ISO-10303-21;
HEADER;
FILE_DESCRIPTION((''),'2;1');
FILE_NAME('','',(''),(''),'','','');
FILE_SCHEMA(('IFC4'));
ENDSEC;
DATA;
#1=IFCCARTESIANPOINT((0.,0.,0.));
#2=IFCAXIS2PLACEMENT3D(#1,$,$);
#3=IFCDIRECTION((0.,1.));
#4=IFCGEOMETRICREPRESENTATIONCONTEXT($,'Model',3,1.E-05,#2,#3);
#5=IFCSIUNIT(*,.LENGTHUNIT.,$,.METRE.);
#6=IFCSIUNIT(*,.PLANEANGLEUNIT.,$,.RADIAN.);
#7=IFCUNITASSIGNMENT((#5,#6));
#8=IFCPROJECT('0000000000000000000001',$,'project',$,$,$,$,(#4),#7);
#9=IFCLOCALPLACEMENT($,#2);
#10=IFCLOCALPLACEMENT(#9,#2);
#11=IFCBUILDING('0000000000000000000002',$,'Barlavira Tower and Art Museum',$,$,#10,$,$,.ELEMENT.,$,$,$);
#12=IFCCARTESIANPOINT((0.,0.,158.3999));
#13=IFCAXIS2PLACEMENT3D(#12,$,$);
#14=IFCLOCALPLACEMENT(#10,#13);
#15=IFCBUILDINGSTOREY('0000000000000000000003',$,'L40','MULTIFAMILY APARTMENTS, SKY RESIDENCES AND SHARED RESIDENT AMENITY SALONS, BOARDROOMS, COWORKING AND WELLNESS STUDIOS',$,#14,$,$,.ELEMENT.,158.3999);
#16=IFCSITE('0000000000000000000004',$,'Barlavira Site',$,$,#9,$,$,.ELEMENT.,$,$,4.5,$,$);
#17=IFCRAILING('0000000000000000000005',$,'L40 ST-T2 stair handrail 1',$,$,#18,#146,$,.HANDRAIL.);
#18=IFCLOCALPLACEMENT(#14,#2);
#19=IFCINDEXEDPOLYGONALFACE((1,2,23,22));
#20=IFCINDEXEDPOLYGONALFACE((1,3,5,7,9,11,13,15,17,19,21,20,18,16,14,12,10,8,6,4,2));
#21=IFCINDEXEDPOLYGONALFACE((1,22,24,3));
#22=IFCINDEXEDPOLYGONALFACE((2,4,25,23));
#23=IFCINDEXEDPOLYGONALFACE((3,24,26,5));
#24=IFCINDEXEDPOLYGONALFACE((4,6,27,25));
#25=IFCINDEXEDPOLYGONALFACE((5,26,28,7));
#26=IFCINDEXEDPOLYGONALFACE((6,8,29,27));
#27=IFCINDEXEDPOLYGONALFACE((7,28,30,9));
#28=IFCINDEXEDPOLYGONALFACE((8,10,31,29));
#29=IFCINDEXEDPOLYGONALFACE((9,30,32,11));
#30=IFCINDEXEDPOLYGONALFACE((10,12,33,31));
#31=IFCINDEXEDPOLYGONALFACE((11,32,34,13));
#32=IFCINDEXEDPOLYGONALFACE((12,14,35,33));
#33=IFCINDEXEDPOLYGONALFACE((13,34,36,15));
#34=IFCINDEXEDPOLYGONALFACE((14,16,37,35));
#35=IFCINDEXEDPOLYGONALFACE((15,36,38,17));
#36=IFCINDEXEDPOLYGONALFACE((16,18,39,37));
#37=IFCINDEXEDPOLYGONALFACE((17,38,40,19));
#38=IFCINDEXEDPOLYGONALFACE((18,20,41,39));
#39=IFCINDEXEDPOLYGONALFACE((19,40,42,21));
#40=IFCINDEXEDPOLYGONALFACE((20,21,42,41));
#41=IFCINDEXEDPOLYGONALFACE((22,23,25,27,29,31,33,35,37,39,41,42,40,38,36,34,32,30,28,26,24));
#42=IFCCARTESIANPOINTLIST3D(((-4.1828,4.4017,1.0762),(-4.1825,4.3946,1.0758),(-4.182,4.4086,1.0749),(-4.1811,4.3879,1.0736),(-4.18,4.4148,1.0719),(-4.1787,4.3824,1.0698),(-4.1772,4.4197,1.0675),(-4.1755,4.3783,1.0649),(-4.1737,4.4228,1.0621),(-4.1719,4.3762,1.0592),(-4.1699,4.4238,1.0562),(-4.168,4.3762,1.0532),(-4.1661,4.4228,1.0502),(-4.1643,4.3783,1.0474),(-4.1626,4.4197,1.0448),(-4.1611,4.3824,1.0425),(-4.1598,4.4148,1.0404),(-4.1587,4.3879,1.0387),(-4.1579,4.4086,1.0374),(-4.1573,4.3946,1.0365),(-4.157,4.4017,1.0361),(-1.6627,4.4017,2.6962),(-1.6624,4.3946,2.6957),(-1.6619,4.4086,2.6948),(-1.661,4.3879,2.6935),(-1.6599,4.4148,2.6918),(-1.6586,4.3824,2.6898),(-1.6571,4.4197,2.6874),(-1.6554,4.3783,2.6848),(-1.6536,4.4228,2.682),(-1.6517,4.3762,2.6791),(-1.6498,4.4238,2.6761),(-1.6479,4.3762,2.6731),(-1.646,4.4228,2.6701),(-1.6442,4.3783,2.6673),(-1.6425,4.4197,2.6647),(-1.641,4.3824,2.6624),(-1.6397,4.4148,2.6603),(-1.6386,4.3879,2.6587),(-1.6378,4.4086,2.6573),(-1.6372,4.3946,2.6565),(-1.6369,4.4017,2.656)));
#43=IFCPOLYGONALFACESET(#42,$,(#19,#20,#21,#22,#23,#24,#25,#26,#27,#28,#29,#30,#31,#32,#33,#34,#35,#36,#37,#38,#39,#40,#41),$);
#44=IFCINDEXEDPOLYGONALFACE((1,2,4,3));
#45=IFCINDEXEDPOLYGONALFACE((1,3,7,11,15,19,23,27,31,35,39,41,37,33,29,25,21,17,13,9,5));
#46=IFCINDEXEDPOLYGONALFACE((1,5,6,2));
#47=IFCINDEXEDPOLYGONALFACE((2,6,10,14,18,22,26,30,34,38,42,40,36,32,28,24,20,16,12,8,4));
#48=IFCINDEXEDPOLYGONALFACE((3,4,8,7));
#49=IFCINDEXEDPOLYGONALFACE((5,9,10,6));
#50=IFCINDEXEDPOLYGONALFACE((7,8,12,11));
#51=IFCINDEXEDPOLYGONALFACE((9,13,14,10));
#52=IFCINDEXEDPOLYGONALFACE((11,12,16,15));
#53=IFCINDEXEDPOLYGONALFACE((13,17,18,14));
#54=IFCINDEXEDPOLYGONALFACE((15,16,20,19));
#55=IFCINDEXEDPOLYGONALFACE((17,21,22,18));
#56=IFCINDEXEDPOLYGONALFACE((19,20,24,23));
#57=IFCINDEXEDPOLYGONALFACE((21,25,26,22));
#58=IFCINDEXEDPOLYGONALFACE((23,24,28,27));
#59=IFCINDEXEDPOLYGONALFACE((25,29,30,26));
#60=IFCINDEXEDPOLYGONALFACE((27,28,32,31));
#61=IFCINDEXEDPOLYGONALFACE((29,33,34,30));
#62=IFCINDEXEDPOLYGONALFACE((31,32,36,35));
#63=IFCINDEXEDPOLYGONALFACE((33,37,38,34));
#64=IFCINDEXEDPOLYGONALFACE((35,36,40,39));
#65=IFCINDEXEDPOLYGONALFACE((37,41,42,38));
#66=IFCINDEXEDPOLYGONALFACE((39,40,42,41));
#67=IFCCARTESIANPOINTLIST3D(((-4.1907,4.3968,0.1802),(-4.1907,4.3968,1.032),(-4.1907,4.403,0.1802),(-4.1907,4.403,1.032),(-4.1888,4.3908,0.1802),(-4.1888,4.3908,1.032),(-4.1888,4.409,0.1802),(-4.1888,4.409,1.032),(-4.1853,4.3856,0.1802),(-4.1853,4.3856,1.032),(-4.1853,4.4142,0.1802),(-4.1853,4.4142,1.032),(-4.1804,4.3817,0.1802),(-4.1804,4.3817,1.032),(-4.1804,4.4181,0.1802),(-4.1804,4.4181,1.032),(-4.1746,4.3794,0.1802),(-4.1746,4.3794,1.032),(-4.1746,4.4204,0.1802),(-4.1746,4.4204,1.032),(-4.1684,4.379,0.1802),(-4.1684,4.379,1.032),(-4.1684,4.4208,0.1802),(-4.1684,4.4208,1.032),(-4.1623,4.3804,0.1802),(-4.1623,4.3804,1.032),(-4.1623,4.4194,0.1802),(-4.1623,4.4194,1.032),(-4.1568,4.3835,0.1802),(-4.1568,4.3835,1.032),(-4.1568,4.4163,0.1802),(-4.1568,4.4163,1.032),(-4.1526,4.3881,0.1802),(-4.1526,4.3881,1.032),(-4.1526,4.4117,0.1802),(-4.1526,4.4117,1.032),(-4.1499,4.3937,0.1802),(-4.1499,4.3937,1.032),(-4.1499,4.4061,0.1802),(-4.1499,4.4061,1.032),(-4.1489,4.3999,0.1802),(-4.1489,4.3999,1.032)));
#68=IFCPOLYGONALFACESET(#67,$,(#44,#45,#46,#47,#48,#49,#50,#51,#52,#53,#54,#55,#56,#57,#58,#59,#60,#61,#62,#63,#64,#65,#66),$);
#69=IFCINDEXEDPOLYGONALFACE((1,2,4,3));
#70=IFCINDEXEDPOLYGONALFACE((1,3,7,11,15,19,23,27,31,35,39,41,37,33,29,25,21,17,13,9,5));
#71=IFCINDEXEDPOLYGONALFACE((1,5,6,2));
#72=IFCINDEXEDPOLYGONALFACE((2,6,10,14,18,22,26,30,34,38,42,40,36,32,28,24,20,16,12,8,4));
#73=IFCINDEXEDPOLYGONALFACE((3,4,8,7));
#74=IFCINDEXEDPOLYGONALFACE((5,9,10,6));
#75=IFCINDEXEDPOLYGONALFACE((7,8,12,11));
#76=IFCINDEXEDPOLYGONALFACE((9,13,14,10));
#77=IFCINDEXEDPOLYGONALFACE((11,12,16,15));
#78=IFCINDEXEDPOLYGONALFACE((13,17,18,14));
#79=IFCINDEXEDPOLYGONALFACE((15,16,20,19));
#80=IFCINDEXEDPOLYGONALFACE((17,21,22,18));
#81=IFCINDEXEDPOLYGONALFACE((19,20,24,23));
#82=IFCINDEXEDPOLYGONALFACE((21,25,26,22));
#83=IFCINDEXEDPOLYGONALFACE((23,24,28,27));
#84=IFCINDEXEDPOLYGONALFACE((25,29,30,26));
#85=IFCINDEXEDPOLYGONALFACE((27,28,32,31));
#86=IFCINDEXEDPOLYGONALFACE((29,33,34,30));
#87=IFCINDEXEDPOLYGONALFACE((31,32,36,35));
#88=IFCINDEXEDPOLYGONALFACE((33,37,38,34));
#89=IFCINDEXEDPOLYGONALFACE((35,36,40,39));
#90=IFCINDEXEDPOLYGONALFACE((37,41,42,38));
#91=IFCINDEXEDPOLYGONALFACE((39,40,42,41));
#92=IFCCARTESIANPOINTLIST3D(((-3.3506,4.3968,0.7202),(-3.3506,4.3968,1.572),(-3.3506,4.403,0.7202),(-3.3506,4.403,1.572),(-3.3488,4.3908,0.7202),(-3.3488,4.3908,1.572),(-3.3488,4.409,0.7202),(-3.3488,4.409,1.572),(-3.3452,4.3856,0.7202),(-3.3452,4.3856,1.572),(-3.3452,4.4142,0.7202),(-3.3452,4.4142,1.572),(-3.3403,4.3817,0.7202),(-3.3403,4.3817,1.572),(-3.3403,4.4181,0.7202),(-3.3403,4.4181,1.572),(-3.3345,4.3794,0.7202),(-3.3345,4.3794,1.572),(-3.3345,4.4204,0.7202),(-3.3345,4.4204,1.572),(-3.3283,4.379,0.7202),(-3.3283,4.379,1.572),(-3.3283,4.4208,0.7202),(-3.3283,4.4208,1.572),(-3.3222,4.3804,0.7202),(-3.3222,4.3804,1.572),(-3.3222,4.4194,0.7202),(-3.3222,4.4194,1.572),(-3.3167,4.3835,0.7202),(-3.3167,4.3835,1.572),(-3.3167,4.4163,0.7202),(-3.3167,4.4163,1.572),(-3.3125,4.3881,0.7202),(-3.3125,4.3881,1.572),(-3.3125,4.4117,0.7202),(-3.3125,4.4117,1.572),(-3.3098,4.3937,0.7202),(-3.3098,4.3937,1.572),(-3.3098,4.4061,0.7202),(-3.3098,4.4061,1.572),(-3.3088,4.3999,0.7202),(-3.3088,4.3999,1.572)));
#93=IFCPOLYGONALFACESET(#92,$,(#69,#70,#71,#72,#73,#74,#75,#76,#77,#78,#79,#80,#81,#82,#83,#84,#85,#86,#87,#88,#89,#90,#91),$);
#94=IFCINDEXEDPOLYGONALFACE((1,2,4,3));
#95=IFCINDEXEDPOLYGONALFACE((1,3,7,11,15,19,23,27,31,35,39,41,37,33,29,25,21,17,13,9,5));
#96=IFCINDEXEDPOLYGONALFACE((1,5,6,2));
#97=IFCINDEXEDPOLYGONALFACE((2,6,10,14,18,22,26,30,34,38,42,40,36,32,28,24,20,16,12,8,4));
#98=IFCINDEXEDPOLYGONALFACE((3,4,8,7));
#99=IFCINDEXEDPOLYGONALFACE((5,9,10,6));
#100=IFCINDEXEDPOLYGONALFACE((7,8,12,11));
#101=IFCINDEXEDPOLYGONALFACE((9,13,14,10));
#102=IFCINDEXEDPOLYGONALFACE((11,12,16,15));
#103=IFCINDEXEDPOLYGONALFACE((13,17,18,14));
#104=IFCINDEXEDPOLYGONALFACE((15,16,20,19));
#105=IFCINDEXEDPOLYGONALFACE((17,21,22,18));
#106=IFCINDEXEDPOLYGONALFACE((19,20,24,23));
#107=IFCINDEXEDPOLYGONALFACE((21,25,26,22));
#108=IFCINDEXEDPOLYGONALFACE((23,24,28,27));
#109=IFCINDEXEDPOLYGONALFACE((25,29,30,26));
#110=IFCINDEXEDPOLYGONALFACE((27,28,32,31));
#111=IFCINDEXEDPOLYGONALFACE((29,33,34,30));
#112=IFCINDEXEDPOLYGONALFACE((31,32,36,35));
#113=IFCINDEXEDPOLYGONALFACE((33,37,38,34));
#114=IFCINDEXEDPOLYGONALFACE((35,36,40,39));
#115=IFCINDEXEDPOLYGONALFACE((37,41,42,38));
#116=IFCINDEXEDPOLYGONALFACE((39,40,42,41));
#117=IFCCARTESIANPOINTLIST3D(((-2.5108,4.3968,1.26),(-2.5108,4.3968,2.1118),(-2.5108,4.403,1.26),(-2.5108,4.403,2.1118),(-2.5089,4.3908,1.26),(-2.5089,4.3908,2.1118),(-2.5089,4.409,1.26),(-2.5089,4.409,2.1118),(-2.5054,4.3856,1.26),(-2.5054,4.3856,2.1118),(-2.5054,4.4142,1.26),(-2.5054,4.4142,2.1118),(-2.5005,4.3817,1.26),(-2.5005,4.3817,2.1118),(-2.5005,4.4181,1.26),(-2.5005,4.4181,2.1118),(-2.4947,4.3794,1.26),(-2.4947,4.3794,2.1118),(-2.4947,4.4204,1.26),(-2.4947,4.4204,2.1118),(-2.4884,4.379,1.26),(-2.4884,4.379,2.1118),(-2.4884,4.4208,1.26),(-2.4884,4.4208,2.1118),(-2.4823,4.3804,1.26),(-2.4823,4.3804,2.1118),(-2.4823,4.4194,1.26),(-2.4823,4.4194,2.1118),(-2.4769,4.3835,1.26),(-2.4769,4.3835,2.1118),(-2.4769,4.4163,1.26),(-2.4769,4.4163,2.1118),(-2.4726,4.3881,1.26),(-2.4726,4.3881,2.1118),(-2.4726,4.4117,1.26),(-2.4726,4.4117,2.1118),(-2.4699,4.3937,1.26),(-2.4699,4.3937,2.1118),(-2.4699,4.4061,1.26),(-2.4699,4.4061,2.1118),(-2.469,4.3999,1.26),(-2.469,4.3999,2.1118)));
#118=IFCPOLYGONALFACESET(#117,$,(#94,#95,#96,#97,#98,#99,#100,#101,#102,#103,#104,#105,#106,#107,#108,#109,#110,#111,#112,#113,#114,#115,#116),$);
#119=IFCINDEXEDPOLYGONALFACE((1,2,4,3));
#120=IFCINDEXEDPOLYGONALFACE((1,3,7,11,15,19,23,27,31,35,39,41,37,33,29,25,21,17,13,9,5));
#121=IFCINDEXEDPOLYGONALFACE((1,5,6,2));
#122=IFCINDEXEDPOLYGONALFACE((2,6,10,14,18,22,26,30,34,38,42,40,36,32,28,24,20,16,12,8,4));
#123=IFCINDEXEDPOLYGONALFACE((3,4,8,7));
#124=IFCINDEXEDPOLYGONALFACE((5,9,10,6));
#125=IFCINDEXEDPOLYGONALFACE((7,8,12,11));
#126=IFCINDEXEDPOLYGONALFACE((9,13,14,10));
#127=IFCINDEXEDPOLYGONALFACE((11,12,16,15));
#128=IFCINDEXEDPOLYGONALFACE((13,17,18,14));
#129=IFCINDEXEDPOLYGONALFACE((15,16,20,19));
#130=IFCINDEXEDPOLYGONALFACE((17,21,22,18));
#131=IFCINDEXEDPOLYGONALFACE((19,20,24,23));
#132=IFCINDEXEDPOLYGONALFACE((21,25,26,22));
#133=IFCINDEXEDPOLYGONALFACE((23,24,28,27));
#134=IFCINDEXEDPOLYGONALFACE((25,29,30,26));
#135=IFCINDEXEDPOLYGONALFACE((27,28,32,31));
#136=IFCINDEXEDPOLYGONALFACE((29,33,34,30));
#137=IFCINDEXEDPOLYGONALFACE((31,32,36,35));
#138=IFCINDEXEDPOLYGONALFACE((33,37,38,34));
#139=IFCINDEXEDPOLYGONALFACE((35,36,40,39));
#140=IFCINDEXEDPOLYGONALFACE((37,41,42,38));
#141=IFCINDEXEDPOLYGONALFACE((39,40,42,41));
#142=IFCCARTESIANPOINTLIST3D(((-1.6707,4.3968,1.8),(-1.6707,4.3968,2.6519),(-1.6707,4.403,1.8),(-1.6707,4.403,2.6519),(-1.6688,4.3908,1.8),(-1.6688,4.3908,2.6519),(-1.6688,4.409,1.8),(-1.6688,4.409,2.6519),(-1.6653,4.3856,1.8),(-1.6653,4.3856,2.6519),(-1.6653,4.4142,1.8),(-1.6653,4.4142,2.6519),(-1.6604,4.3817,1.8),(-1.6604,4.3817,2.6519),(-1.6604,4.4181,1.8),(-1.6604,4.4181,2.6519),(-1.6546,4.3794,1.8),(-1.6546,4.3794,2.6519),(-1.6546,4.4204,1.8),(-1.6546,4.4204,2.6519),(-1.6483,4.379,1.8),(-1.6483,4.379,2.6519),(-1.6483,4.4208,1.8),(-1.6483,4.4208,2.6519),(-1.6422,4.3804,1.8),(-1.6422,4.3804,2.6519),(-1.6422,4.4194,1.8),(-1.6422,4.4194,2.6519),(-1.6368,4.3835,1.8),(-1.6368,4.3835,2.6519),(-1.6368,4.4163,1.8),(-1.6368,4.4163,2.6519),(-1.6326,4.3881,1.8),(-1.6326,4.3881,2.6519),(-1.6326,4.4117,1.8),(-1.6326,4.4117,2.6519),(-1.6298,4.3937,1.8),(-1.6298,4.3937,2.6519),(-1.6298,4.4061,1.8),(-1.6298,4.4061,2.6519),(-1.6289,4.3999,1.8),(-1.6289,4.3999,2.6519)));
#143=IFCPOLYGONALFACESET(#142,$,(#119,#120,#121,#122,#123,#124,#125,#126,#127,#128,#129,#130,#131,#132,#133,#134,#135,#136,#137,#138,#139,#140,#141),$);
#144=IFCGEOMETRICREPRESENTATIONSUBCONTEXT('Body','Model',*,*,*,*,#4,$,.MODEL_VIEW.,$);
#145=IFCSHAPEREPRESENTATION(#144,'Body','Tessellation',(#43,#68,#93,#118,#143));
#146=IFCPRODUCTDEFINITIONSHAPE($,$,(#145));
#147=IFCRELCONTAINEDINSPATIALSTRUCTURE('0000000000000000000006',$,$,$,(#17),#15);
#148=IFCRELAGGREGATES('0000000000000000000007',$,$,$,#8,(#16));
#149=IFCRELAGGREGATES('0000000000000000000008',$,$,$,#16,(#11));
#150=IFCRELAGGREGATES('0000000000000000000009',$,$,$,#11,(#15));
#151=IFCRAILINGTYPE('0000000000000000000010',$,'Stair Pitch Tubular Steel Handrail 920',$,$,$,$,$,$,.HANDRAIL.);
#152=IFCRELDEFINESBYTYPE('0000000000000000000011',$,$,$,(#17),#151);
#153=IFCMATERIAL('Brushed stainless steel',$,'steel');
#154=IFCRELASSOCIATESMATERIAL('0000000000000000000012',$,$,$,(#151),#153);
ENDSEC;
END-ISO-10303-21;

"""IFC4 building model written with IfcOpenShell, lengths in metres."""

from ifc_helpers import new_model, si_unit, direction, frame, origin, origin_2d, place, context, subcontext, project, spatial, circle, extrude, material, type_object, element, save


model = new_model("IFC4")

# Units and contexts
model_context = context("Model", 3, precision=1e-05, world=origin(), true_north=direction((0.0, 1.0)))
body_context = subcontext(model_context, "Body", "Model", "MODEL_VIEW")
ifc_project = project(units=[si_unit("LENGTHUNIT", "METRE"), si_unit("PLANEANGLEUNIT", "RADIAN")], contexts=[model_context])

# Site, building, storey
site_placement = place(None, origin())
site = spatial("IfcSite", under=ifc_project, at=site_placement, Name="Barlavira Site", CompositionType="ELEMENT", RefElevation=4.5)
building_placement = place(site_placement, origin())
building = spatial("IfcBuilding", under=site, at=building_placement, Name="Barlavira Tower and Art Museum", CompositionType="ELEMENT")
storey_placement = place(building_placement, frame((0.0, 0.0, 158.3999)))
storey = spatial("IfcBuildingStorey", under=building, at=storey_placement, Name="L40", Description="MULTIFAMILY APARTMENTS, SKY RESIDENCES AND SHARED RESIDENT AMENITY SALONS, BOARDROOMS, COWORKING AND WELLNESS STUDIOS", CompositionType="ELEMENT", Elevation=158.3999)

# Shared definitions
ifc_material_1 = material(Name="Brushed stainless steel", Category="steel")

# Railing
railing_type_1 = type_object("IfcRailingType", Name="Stair Pitch Tubular Steel Handrail 920", PredefinedType="HANDRAIL", material=ifc_material_1)
railing_1_placement = place(storey_placement, frame((-4.1699, 4.3999, 0.1802)))
element("IfcRailing", 1, at=railing_1_placement, inside=storey, type_object=railing_type_1, Name="L40 ST-T2 stair handrail 1", PredefinedType="HANDRAIL", context=body_context, shape_type="SweptSolid", body=[
    extrude(circle(Radius=0.0239, at=origin_2d()), frame((0.0, 0.0, 0.876), z_axis=(0.8412, 0.0, 0.540725), x_axis=(0.0, 1.0, 0.0)), (0.0, 0.0, 1.0), 2.9958),
    extrude(circle(Radius=0.021, at=origin_2d()), origin(), (0.0, 0.0, 1.0), 0.8518),
    extrude(circle(Radius=0.021, at=origin_2d()), frame((0.8401, 0.0, 0.54)), (0.0, 0.0, 1.0), 0.8518),
    extrude(circle(Radius=0.021, at=origin_2d()), frame((1.6799, 0.0, 1.0798)), (0.0, 0.0, 1.0), 0.8518),
    extrude(circle(Radius=0.021, at=origin_2d()), frame((2.52, 0.0, 1.6199)), (0.0, 0.0, 1.0), 0.8518),
])

save(model, "model.ifc")
